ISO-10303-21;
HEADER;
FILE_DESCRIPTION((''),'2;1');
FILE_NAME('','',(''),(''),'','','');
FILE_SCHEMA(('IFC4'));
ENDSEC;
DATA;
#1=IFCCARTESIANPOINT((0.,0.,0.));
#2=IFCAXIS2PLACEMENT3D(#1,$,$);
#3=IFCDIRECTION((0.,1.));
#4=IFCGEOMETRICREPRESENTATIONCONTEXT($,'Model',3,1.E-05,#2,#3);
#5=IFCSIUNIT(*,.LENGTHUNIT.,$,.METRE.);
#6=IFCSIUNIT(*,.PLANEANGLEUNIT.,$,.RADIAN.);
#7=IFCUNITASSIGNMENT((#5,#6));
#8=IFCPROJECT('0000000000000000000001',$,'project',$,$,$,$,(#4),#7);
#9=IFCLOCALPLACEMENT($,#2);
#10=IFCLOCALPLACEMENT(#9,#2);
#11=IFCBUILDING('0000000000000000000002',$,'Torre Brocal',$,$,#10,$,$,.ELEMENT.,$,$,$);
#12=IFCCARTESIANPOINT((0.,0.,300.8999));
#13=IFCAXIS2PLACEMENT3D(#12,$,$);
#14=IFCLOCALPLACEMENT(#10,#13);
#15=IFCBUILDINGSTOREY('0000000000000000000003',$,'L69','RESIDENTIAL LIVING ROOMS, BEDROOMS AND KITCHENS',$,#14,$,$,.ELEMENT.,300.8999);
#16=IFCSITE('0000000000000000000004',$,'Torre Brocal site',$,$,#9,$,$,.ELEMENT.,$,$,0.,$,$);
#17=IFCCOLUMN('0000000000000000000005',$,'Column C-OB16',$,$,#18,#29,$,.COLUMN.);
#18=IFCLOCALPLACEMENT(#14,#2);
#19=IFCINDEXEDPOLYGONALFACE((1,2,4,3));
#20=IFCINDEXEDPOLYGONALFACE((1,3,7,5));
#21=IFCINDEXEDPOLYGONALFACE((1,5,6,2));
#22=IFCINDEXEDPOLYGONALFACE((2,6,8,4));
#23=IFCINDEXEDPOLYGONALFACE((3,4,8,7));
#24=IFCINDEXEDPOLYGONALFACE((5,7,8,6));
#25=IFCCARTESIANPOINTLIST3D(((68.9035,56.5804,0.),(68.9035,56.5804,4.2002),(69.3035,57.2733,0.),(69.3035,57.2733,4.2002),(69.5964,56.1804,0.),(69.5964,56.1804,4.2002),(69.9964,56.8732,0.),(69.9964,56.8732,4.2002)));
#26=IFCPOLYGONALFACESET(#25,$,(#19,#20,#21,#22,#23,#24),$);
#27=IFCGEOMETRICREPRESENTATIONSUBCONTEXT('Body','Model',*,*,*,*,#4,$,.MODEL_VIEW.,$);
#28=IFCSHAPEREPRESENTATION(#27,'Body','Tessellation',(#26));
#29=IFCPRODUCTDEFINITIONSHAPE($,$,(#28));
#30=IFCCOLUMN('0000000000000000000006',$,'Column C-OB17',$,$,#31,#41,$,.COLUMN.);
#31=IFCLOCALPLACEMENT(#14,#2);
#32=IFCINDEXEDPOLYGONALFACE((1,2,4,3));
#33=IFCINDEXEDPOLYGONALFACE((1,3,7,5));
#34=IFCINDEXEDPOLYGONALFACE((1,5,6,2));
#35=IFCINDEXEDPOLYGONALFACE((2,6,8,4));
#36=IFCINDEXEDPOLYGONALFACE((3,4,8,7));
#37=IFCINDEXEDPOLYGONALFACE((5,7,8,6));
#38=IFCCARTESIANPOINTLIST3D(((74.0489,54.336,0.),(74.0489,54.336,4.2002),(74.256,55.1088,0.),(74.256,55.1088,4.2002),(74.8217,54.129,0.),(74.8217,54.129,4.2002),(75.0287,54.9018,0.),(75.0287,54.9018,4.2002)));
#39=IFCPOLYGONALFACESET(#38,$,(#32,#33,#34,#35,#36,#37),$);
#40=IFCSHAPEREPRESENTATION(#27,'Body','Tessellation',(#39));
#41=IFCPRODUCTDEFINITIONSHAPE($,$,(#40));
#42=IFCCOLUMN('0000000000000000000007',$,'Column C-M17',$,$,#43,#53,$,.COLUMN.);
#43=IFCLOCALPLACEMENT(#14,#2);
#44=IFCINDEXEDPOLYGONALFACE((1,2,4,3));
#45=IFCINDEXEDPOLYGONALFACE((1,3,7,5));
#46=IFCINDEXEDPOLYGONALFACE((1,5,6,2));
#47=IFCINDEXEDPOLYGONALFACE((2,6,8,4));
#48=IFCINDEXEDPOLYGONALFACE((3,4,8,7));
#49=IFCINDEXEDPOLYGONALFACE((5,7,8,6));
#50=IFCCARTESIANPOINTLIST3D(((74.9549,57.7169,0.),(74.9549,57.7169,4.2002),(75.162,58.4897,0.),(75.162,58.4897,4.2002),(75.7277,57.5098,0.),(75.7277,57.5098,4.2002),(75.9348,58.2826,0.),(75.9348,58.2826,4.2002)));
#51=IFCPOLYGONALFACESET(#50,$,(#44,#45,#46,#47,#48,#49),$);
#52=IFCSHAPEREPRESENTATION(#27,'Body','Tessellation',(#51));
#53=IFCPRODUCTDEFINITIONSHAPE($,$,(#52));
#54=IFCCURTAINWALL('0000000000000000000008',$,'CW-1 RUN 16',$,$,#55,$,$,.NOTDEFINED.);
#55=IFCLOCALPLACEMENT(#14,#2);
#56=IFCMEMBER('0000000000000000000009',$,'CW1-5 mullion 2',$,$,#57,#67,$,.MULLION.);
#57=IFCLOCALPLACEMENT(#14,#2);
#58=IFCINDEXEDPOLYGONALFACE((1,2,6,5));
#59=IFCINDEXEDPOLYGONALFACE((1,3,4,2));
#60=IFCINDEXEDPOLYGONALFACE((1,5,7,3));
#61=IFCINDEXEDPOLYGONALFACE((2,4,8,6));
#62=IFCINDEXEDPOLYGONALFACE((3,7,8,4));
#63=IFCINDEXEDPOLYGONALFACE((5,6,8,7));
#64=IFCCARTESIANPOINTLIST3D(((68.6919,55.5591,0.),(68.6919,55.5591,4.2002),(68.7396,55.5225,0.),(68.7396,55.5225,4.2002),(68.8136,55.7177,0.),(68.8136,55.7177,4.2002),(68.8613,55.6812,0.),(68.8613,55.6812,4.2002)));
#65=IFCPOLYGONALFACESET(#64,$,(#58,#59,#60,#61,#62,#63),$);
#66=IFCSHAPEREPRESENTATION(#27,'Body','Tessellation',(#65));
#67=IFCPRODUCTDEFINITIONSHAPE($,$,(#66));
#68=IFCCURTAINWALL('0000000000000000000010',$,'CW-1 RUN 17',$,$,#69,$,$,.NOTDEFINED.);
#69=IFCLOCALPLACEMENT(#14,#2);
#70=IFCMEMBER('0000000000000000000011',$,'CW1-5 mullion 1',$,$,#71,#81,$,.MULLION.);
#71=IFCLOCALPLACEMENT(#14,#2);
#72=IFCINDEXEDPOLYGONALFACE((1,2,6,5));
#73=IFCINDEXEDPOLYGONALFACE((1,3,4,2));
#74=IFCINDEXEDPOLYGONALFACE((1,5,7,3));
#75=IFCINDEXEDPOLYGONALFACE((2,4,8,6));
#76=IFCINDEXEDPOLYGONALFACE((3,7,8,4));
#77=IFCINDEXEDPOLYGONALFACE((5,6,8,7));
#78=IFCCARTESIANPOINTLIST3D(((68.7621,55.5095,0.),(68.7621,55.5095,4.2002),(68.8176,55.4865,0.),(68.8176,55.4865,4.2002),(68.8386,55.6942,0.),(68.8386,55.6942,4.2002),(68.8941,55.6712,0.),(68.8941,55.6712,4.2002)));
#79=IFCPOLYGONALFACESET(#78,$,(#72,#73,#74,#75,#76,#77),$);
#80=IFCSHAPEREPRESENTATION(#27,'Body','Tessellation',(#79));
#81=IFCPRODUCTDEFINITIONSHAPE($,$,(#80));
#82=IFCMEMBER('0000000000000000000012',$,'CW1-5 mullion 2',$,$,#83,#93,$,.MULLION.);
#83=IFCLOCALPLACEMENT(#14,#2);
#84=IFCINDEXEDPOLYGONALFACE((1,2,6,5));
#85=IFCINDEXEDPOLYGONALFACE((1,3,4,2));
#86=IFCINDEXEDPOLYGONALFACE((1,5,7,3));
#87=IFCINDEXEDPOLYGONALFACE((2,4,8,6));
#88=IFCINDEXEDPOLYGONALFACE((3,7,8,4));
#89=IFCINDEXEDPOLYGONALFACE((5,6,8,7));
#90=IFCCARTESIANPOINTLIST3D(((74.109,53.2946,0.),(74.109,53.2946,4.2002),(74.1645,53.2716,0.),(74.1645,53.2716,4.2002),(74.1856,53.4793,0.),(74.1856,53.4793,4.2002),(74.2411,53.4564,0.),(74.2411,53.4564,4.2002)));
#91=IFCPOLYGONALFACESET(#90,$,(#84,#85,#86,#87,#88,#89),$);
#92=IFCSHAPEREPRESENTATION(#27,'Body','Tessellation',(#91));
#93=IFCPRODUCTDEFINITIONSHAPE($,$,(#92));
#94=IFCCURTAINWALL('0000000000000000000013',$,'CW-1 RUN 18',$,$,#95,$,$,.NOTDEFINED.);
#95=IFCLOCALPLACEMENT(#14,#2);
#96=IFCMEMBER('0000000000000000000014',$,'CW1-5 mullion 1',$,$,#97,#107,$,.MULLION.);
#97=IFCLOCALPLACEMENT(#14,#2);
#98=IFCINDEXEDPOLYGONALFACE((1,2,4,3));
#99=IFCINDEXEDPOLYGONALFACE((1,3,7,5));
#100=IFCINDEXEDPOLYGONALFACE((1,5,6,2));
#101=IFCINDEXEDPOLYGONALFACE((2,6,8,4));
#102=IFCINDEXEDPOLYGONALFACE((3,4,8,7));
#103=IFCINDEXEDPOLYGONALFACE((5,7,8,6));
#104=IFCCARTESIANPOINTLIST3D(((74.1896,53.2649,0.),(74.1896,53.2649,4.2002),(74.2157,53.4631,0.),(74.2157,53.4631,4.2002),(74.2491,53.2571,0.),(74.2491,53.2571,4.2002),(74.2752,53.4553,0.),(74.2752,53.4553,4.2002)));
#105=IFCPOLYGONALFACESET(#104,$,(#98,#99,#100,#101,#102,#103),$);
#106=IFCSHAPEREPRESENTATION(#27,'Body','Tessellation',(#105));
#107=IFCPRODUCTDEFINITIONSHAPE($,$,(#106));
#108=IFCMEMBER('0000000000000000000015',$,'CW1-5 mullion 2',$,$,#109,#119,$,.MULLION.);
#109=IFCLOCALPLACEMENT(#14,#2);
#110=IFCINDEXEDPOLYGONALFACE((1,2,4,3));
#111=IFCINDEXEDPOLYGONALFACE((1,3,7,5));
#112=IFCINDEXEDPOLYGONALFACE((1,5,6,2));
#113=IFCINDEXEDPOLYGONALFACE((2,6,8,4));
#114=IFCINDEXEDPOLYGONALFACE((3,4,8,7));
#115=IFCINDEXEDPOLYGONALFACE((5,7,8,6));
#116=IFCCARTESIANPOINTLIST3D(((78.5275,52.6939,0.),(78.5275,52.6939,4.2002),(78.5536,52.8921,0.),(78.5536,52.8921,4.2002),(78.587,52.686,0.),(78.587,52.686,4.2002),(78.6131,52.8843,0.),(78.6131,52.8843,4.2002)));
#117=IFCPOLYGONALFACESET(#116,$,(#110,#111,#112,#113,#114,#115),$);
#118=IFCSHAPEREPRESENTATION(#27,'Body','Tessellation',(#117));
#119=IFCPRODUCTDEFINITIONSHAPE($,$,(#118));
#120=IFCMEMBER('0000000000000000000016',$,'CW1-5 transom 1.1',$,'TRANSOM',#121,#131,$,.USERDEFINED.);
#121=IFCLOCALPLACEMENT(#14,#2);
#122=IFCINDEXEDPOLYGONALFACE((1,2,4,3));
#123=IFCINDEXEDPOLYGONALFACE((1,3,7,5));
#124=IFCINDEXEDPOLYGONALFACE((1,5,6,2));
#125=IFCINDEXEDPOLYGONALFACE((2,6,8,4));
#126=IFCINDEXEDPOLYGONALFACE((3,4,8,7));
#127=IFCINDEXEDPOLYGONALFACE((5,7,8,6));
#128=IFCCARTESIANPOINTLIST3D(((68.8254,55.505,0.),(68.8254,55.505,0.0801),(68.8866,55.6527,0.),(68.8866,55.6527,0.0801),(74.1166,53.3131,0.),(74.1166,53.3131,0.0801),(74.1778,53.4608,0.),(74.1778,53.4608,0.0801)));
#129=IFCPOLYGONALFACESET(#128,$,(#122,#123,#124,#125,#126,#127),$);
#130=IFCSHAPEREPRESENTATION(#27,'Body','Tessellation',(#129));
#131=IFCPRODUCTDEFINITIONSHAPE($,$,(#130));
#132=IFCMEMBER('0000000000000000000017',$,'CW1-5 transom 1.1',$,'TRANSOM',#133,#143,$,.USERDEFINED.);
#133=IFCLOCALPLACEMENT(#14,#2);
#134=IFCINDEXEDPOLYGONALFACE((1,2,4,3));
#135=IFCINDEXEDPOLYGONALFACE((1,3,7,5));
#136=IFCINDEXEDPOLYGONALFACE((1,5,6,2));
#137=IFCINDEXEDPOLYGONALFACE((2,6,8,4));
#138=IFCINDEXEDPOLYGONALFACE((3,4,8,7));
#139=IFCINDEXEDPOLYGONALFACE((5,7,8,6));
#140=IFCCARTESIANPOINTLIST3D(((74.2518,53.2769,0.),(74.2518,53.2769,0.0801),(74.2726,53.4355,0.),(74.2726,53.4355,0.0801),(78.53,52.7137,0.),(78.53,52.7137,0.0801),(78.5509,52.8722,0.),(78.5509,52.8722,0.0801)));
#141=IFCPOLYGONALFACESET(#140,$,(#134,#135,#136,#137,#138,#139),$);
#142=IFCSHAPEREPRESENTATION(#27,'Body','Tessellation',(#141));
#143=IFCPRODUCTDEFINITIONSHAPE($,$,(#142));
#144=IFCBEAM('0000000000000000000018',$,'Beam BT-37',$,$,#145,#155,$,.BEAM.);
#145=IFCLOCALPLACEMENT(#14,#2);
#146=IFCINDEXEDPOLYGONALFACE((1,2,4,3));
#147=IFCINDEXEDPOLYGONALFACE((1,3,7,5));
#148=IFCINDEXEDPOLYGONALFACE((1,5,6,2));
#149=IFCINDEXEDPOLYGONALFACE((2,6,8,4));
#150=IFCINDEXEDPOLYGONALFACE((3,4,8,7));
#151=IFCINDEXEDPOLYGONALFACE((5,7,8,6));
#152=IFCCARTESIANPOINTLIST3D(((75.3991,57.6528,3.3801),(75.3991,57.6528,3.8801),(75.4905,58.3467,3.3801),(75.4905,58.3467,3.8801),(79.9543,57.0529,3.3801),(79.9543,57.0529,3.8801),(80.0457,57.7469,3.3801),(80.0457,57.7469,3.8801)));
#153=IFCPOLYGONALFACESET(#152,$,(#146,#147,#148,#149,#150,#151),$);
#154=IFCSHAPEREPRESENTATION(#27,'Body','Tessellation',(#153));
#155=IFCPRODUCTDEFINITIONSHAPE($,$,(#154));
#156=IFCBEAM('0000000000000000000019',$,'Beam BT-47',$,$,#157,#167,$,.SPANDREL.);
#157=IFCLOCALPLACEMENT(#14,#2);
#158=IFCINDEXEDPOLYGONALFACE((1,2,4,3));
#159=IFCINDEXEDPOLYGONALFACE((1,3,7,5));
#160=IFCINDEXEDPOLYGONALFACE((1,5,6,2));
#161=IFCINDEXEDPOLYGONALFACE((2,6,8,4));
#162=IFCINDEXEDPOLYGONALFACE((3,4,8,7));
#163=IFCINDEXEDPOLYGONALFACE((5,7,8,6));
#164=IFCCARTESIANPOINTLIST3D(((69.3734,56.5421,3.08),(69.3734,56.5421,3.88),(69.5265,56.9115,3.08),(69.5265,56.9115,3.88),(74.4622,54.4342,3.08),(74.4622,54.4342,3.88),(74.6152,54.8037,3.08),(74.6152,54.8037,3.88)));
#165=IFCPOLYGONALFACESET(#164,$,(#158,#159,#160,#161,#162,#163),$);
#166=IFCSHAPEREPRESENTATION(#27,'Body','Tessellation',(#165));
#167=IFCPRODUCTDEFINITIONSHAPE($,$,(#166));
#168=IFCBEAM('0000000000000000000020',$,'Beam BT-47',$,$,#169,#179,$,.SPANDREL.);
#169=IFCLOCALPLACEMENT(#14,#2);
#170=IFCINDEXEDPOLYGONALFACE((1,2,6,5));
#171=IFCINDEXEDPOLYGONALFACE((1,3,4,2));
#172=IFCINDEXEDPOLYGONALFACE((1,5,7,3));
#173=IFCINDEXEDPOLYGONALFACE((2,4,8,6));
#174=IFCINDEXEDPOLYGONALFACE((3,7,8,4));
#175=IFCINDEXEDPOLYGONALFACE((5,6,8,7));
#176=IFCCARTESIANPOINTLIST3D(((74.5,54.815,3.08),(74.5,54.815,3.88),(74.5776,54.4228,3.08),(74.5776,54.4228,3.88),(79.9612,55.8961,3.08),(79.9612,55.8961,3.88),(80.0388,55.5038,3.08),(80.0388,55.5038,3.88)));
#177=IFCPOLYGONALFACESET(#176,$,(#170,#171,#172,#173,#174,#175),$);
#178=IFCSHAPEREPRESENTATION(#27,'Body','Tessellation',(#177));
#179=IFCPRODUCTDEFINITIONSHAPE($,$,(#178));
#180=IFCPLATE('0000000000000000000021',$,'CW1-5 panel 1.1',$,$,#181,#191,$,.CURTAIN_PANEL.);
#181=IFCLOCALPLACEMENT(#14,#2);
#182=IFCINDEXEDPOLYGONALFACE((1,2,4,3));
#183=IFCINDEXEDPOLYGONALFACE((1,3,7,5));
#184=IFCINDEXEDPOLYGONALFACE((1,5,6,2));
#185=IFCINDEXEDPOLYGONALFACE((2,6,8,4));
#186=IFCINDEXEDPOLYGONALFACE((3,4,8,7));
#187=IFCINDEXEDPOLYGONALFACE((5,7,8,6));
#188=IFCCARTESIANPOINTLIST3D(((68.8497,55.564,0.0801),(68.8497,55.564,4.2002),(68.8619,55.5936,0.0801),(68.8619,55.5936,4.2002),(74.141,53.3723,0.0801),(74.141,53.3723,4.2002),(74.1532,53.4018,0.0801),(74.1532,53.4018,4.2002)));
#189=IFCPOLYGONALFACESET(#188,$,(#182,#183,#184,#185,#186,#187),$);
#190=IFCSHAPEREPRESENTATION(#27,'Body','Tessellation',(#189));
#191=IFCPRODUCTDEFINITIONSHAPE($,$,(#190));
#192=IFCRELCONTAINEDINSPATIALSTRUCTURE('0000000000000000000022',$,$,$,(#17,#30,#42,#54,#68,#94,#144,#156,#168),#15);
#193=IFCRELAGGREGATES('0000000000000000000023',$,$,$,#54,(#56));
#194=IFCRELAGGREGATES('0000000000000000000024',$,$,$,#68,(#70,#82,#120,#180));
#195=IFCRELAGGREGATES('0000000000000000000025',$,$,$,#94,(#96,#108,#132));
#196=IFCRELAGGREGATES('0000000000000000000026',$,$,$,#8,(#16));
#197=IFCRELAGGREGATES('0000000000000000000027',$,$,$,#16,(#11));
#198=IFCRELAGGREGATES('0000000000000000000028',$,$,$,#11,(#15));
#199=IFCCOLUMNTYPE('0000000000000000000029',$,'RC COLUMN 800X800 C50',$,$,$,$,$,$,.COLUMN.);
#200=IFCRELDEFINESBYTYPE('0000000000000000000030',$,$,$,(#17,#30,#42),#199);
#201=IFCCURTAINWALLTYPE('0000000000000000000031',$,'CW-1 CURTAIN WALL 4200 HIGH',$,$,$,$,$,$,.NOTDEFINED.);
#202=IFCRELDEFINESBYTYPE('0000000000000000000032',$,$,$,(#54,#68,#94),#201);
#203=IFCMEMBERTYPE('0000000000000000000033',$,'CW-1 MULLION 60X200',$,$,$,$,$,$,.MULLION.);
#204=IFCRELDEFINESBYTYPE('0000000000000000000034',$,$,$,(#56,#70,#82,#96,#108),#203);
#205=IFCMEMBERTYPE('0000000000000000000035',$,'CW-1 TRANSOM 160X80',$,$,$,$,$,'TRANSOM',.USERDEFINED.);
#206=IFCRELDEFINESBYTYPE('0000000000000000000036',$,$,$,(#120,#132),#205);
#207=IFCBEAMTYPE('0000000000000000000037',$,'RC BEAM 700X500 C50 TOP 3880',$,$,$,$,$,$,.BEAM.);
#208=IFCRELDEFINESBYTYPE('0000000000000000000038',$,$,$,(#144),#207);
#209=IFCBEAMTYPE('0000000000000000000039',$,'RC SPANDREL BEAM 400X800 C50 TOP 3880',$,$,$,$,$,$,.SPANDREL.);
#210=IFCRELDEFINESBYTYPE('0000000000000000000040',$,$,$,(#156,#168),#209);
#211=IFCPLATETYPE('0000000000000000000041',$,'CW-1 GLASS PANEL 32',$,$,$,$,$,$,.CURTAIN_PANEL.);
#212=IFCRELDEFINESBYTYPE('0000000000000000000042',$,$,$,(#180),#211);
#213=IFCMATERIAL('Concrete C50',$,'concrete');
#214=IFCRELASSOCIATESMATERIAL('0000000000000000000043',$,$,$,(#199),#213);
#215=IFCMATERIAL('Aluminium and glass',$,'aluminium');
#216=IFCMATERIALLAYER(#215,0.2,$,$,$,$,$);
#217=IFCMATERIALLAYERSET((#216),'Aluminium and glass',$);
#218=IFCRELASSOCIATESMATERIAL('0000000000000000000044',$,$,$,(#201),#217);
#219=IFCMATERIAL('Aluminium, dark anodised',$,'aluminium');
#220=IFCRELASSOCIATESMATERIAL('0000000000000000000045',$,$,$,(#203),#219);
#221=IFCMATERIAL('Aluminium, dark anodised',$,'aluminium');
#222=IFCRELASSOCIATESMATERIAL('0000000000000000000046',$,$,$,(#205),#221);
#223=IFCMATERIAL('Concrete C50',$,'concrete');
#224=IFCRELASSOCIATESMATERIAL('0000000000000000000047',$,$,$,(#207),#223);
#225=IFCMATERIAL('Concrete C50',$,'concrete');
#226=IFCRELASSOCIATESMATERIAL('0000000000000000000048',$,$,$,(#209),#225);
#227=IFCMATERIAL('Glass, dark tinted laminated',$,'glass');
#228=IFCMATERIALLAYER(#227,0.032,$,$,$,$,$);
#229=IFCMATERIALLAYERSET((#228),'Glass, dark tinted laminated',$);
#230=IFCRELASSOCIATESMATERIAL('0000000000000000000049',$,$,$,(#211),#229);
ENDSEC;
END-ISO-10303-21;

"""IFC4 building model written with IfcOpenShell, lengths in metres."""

from ifc_helpers import new_model, si_unit, direction, frame, origin, origin_2d, place, context, subcontext, project, spatial, rectangle, extrude, material, layer, layer_set, material_profile, profile_set, type_object, element, aggregate, save


model = new_model("IFC4")

# Units and contexts
model_context = context("Model", 3, precision=1e-05, world=origin(), true_north=direction((0.0, 1.0)))
body_context = subcontext(model_context, "Body", "Model", "MODEL_VIEW")
ifc_project = project(units=[si_unit("LENGTHUNIT", "METRE"), si_unit("PLANEANGLEUNIT", "RADIAN")], contexts=[model_context])

# Site, building, storey
site_placement = place(None, origin())
site = spatial("IfcSite", under=ifc_project, at=site_placement, Name="Torre Brocal site", CompositionType="ELEMENT", RefElevation=0.0)
building_placement = place(site_placement, origin())
building = spatial("IfcBuilding", under=site, at=building_placement, Name="Torre Brocal", CompositionType="ELEMENT")
storey_placement = place(building_placement, frame((0.0, 0.0, 300.8999)))
storey = spatial("IfcBuildingStorey", under=building, at=storey_placement, Name="L69", Description="RESIDENTIAL LIVING ROOMS, BEDROOMS AND KITCHENS", CompositionType="ELEMENT", Elevation=300.8999)

# Columns
ifc_material_1 = material(Name="Concrete C50", Category="concrete")
ifc_material_profile_1 = material_profile(ifc_material_1, rectangle(XDim=0.8, YDim=0.8, at=origin_2d()), Name="RC 800X800")
ifc_profile_set_1 = profile_set([ifc_material_profile_1], Name="Concrete C50")
column_type = type_object("IfcColumnType", Name="RC COLUMN 800X800 C50", PredefinedType="COLUMN", material=ifc_profile_set_1)
for number, where, z_axis, x_axis, name in (
    (1, (69.45, 56.7268, 0.0), (0.0, 0.0, 1.0), (-0.5, -0.866025, 0.0), "Column C-OB16"),
    (2, (74.5388, 54.6189, 0.0), (0.0, 0.0, 1.0), (-0.258819, -0.965926, 0.0), "Column C-OB17"),
    (3, (75.4448, 57.9998, 0.0), (0.0, 0.0, 1.0), (-0.258819, -0.965926, 0.0), "Column C-M17"),
):
    element("IfcColumn", number, at=place(storey_placement, frame(where, z_axis=z_axis, x_axis=x_axis)), inside=storey, type_object=column_type, Name=name, PredefinedType="COLUMN", context=body_context, shape_type="SweptSolid", body=[
        extrude(rectangle(XDim=0.8, YDim=0.8, at=origin_2d()), origin(), (0.0, 0.0, 1.0), 4.2002),
    ])

# Curtain wall, member
ifc_material_2 = material(Name="Aluminium and glass", Category="aluminium")
ifc_layer_1 = layer(ifc_material_2, 0.2)
ifc_layer_set_1 = layer_set([ifc_layer_1], Name="Aluminium and glass")
curtain_wall_type = type_object("IfcCurtainWallType", Name="CW-1 CURTAIN WALL 4200 HIGH", PredefinedType="NOTDEFINED", material=ifc_layer_set_1)
curtain_wall_1_placement = place(storey_placement, origin())
curtain_wall_1 = element("IfcCurtainWall", 4, at=curtain_wall_1_placement, inside=storey, type_object=curtain_wall_type, Name="CW-1 RUN 16", PredefinedType="NOTDEFINED")
ifc_material_3 = material(Name="Aluminium, dark anodised", Category="aluminium")
ifc_material_profile_2 = material_profile(ifc_material_3, rectangle(XDim=0.2, YDim=0.0601, at=origin_2d()), Name="CW-1 MULLION 60X200")
ifc_profile_set_2 = profile_set([ifc_material_profile_2], Name="Aluminium, dark anodised")
member_type_1 = type_object("IfcMemberType", Name="CW-1 MULLION 60X200", PredefinedType="MULLION", material=ifc_profile_set_2)
member_1_placement = place(storey_placement, frame((68.7766, 55.6201, 0.0), z_axis=(0.0, 0.0, 1.0), x_axis=(0.608761, 0.793353, 0.0)))
member_1 = element("IfcMember", 5, at=member_1_placement, type_object=member_type_1, Name="CW1-5 mullion 2", PredefinedType="MULLION", context=body_context, shape_type="SweptSolid", body=[
    extrude(rectangle(XDim=0.2, YDim=0.0601, at=origin_2d()), origin(), (0.0, 0.0, 1.0), 4.2002),
])
aggregate(curtain_wall_1, [member_1])

# Curtain walls, members
curtain_wall_2_placement = place(storey_placement, origin())
curtain_wall_2 = element("IfcCurtainWall", 6, at=curtain_wall_2_placement, inside=storey, type_object=curtain_wall_type, Name="CW-1 RUN 17", PredefinedType="NOTDEFINED")
member_2_placement = place(storey_placement, frame((68.8281, 55.5903, 0.0), z_axis=(0.0, 0.0, 1.0), x_axis=(0.382683, 0.92388, 0.0)))
member_2 = element("IfcMember", 7, at=member_2_placement, type_object=member_type_1, Name="CW1-5 mullion 1", PredefinedType="MULLION", context=body_context, shape_type="SweptSolid", body=[
    extrude(rectangle(XDim=0.2, YDim=0.0601, at=origin_2d()), origin(), (0.0, 0.0, 1.0), 4.2002),
])
member_3_placement = place(storey_placement, frame((74.175, 53.3755, 0.0), z_axis=(0.0, 0.0, 1.0), x_axis=(0.382683, 0.92388, 0.0)))
member_3 = element("IfcMember", 8, at=member_3_placement, type_object=member_type_1, Name="CW1-5 mullion 2", PredefinedType="MULLION", context=body_context, shape_type="SweptSolid", body=[
    extrude(rectangle(XDim=0.2, YDim=0.0601, at=origin_2d()), origin(), (0.0, 0.0, 1.0), 4.2002),
])
curtain_wall_3_placement = place(storey_placement, origin())
curtain_wall_3 = element("IfcCurtainWall", 9, at=curtain_wall_3_placement, inside=storey, type_object=curtain_wall_type, Name="CW-1 RUN 18", PredefinedType="NOTDEFINED")
member_4_placement = place(storey_placement, frame((74.2324, 53.3601, 0.0), z_axis=(0.0, 0.0, 1.0), x_axis=(0.130526, 0.991445, 0.0)))
member_4 = element("IfcMember", 10, at=member_4_placement, type_object=member_type_1, Name="CW1-5 mullion 1", PredefinedType="MULLION", context=body_context, shape_type="SweptSolid", body=[
    extrude(rectangle(XDim=0.2, YDim=0.0601, at=origin_2d()), origin(), (0.0, 0.0, 1.0), 4.2002),
])
member_5_placement = place(storey_placement, frame((78.5703, 52.7891, 0.0), z_axis=(0.0, 0.0, 1.0), x_axis=(0.130526, 0.991445, 0.0)))
member_5 = element("IfcMember", 11, at=member_5_placement, type_object=member_type_1, Name="CW1-5 mullion 2", PredefinedType="MULLION", context=body_context, shape_type="SweptSolid", body=[
    extrude(rectangle(XDim=0.2, YDim=0.0601, at=origin_2d()), origin(), (0.0, 0.0, 1.0), 4.2002),
])

# Members
ifc_material_4 = material(Name="Aluminium, dark anodised", Category="aluminium")
ifc_material_profile_3 = material_profile(ifc_material_4, rectangle(XDim=0.1599, YDim=0.0801, at=origin_2d()), Name="CW-1 TRANSOM 160X80")
ifc_profile_set_3 = profile_set([ifc_material_profile_3], Name="Aluminium, dark anodised")
member_type_2 = type_object("IfcMemberType", Name="CW-1 TRANSOM 160X80", ElementType="TRANSOM", PredefinedType="USERDEFINED", material=ifc_profile_set_3)
member_6_placement = place(storey_placement, frame((68.856, 55.5789, 0.04), z_axis=(0.923868, -0.382711, 0.0), x_axis=(0.382711, 0.923868, 0.0)))
member_6 = element("IfcMember", 12, at=member_6_placement, type_object=member_type_2, Name="CW1-5 transom 1.1", ObjectType="TRANSOM", PredefinedType="USERDEFINED", context=body_context, shape_type="SweptSolid", body=[
    extrude(rectangle(XDim=0.1599, YDim=0.0801, at=origin_2d()), origin(), (0.0, 0.0, 1.0), 5.7273),
])
member_7_placement = place(storey_placement, frame((74.2622, 53.3562, 0.04), z_axis=(0.991445, -0.130522, 0.0), x_axis=(0.130522, 0.991445, 0.0)))
member_7 = element("IfcMember", 13, at=member_7_placement, type_object=member_type_2, Name="CW1-5 transom 1.1", ObjectType="TRANSOM", PredefinedType="USERDEFINED", context=body_context, shape_type="SweptSolid", body=[
    extrude(rectangle(XDim=0.1599, YDim=0.0801, at=origin_2d()), origin(), (0.0, 0.0, 1.0), 4.3152),
])

# Beams
ifc_material_5 = material(Name="Concrete C50", Category="concrete")
ifc_material_profile_4 = material_profile(ifc_material_5, rectangle(XDim=0.7, YDim=0.5, at=origin_2d()), Name="RC 700X500")
ifc_profile_set_4 = profile_set([ifc_material_profile_4], Name="Concrete C50")
beam_type_1 = type_object("IfcBeamType", Name="RC BEAM 700X500 C50 TOP 3880", PredefinedType="BEAM", material=ifc_profile_set_4)
beam_1_placement = place(storey_placement, frame((75.4448, 57.9998, 3.6301), z_axis=(0.991441, -0.130559, 0.0), x_axis=(0.130559, 0.991441, 0.0)))
element("IfcBeam", 14, at=beam_1_placement, inside=storey, type_object=beam_type_1, Name="Beam BT-37", PredefinedType="BEAM", context=body_context, shape_type="SweptSolid", body=[
    extrude(rectangle(XDim=0.7, YDim=0.5, at=origin_2d()), origin(), (0.0, 0.0, 1.0), 4.5945),
])
ifc_material_6 = material(Name="Concrete C50", Category="concrete")
ifc_material_profile_5 = material_profile(ifc_material_6, rectangle(XDim=0.3999, YDim=0.8, at=origin_2d()), Name="RC 400X800")
ifc_profile_set_5 = profile_set([ifc_material_profile_5], Name="Concrete C50")
beam_type_2 = type_object("IfcBeamType", Name="RC SPANDREL BEAM 400X800 C50 TOP 3880", PredefinedType="SPANDREL", material=ifc_profile_set_5)
beam_2_placement = place(storey_placement, frame((69.45, 56.7268, 3.48), z_axis=(0.923877, -0.382688, 0.0), x_axis=(0.382688, 0.923877, 0.0)))
element("IfcBeam", 15, at=beam_2_placement, inside=storey, type_object=beam_type_2, Name="Beam BT-47", PredefinedType="SPANDREL", context=body_context, shape_type="SweptSolid", body=[
    extrude(rectangle(XDim=0.3999, YDim=0.8, at=origin_2d()), origin(), (0.0, 0.0, 1.0), 5.5081),
])
beam_3_placement = place(storey_placement, frame((74.5388, 54.6189, 3.48), z_axis=(0.980965, 0.194185, 0.0), x_axis=(-0.194185, 0.980965, 0.0)))
element("IfcBeam", 16, at=beam_3_placement, inside=storey, type_object=beam_type_2, Name="Beam BT-47", PredefinedType="SPANDREL", context=body_context, shape_type="SweptSolid", body=[
    extrude(rectangle(XDim=0.3999, YDim=0.8, at=origin_2d()), origin(), (0.0, 0.0, 1.0), 5.5671),
])

# Plate
ifc_material_7 = material(Name="Glass, dark tinted laminated", Category="glass")
ifc_layer_2 = layer(ifc_material_7, 0.032)
ifc_layer_set_2 = layer_set([ifc_layer_2], Name="Glass, dark tinted laminated")
plate_type = type_object("IfcPlateType", Name="CW-1 GLASS PANEL 32", PredefinedType="CURTAIN_PANEL", material=ifc_layer_set_2)
plate_1_placement = place(storey_placement, frame((71.5015, 54.4829, 0.0801), z_axis=(0.0, 0.0, 1.0), x_axis=(0.92388, -0.382683, 0.0)))
plate_1 = element("IfcPlate", 17, at=plate_1_placement, type_object=plate_type, Name="CW1-5 panel 1.1", PredefinedType="CURTAIN_PANEL", context=body_context, shape_type="SweptSolid", body=[
    extrude(rectangle(XDim=5.7273, YDim=0.032, at=origin_2d()), origin(), (0.0, 0.0, 1.0), 4.1201),
])
aggregate(curtain_wall_2, [member_2, member_3, member_6, plate_1])
aggregate(curtain_wall_3, [member_4, member_5, member_7])

save(model, "model.ifc")
